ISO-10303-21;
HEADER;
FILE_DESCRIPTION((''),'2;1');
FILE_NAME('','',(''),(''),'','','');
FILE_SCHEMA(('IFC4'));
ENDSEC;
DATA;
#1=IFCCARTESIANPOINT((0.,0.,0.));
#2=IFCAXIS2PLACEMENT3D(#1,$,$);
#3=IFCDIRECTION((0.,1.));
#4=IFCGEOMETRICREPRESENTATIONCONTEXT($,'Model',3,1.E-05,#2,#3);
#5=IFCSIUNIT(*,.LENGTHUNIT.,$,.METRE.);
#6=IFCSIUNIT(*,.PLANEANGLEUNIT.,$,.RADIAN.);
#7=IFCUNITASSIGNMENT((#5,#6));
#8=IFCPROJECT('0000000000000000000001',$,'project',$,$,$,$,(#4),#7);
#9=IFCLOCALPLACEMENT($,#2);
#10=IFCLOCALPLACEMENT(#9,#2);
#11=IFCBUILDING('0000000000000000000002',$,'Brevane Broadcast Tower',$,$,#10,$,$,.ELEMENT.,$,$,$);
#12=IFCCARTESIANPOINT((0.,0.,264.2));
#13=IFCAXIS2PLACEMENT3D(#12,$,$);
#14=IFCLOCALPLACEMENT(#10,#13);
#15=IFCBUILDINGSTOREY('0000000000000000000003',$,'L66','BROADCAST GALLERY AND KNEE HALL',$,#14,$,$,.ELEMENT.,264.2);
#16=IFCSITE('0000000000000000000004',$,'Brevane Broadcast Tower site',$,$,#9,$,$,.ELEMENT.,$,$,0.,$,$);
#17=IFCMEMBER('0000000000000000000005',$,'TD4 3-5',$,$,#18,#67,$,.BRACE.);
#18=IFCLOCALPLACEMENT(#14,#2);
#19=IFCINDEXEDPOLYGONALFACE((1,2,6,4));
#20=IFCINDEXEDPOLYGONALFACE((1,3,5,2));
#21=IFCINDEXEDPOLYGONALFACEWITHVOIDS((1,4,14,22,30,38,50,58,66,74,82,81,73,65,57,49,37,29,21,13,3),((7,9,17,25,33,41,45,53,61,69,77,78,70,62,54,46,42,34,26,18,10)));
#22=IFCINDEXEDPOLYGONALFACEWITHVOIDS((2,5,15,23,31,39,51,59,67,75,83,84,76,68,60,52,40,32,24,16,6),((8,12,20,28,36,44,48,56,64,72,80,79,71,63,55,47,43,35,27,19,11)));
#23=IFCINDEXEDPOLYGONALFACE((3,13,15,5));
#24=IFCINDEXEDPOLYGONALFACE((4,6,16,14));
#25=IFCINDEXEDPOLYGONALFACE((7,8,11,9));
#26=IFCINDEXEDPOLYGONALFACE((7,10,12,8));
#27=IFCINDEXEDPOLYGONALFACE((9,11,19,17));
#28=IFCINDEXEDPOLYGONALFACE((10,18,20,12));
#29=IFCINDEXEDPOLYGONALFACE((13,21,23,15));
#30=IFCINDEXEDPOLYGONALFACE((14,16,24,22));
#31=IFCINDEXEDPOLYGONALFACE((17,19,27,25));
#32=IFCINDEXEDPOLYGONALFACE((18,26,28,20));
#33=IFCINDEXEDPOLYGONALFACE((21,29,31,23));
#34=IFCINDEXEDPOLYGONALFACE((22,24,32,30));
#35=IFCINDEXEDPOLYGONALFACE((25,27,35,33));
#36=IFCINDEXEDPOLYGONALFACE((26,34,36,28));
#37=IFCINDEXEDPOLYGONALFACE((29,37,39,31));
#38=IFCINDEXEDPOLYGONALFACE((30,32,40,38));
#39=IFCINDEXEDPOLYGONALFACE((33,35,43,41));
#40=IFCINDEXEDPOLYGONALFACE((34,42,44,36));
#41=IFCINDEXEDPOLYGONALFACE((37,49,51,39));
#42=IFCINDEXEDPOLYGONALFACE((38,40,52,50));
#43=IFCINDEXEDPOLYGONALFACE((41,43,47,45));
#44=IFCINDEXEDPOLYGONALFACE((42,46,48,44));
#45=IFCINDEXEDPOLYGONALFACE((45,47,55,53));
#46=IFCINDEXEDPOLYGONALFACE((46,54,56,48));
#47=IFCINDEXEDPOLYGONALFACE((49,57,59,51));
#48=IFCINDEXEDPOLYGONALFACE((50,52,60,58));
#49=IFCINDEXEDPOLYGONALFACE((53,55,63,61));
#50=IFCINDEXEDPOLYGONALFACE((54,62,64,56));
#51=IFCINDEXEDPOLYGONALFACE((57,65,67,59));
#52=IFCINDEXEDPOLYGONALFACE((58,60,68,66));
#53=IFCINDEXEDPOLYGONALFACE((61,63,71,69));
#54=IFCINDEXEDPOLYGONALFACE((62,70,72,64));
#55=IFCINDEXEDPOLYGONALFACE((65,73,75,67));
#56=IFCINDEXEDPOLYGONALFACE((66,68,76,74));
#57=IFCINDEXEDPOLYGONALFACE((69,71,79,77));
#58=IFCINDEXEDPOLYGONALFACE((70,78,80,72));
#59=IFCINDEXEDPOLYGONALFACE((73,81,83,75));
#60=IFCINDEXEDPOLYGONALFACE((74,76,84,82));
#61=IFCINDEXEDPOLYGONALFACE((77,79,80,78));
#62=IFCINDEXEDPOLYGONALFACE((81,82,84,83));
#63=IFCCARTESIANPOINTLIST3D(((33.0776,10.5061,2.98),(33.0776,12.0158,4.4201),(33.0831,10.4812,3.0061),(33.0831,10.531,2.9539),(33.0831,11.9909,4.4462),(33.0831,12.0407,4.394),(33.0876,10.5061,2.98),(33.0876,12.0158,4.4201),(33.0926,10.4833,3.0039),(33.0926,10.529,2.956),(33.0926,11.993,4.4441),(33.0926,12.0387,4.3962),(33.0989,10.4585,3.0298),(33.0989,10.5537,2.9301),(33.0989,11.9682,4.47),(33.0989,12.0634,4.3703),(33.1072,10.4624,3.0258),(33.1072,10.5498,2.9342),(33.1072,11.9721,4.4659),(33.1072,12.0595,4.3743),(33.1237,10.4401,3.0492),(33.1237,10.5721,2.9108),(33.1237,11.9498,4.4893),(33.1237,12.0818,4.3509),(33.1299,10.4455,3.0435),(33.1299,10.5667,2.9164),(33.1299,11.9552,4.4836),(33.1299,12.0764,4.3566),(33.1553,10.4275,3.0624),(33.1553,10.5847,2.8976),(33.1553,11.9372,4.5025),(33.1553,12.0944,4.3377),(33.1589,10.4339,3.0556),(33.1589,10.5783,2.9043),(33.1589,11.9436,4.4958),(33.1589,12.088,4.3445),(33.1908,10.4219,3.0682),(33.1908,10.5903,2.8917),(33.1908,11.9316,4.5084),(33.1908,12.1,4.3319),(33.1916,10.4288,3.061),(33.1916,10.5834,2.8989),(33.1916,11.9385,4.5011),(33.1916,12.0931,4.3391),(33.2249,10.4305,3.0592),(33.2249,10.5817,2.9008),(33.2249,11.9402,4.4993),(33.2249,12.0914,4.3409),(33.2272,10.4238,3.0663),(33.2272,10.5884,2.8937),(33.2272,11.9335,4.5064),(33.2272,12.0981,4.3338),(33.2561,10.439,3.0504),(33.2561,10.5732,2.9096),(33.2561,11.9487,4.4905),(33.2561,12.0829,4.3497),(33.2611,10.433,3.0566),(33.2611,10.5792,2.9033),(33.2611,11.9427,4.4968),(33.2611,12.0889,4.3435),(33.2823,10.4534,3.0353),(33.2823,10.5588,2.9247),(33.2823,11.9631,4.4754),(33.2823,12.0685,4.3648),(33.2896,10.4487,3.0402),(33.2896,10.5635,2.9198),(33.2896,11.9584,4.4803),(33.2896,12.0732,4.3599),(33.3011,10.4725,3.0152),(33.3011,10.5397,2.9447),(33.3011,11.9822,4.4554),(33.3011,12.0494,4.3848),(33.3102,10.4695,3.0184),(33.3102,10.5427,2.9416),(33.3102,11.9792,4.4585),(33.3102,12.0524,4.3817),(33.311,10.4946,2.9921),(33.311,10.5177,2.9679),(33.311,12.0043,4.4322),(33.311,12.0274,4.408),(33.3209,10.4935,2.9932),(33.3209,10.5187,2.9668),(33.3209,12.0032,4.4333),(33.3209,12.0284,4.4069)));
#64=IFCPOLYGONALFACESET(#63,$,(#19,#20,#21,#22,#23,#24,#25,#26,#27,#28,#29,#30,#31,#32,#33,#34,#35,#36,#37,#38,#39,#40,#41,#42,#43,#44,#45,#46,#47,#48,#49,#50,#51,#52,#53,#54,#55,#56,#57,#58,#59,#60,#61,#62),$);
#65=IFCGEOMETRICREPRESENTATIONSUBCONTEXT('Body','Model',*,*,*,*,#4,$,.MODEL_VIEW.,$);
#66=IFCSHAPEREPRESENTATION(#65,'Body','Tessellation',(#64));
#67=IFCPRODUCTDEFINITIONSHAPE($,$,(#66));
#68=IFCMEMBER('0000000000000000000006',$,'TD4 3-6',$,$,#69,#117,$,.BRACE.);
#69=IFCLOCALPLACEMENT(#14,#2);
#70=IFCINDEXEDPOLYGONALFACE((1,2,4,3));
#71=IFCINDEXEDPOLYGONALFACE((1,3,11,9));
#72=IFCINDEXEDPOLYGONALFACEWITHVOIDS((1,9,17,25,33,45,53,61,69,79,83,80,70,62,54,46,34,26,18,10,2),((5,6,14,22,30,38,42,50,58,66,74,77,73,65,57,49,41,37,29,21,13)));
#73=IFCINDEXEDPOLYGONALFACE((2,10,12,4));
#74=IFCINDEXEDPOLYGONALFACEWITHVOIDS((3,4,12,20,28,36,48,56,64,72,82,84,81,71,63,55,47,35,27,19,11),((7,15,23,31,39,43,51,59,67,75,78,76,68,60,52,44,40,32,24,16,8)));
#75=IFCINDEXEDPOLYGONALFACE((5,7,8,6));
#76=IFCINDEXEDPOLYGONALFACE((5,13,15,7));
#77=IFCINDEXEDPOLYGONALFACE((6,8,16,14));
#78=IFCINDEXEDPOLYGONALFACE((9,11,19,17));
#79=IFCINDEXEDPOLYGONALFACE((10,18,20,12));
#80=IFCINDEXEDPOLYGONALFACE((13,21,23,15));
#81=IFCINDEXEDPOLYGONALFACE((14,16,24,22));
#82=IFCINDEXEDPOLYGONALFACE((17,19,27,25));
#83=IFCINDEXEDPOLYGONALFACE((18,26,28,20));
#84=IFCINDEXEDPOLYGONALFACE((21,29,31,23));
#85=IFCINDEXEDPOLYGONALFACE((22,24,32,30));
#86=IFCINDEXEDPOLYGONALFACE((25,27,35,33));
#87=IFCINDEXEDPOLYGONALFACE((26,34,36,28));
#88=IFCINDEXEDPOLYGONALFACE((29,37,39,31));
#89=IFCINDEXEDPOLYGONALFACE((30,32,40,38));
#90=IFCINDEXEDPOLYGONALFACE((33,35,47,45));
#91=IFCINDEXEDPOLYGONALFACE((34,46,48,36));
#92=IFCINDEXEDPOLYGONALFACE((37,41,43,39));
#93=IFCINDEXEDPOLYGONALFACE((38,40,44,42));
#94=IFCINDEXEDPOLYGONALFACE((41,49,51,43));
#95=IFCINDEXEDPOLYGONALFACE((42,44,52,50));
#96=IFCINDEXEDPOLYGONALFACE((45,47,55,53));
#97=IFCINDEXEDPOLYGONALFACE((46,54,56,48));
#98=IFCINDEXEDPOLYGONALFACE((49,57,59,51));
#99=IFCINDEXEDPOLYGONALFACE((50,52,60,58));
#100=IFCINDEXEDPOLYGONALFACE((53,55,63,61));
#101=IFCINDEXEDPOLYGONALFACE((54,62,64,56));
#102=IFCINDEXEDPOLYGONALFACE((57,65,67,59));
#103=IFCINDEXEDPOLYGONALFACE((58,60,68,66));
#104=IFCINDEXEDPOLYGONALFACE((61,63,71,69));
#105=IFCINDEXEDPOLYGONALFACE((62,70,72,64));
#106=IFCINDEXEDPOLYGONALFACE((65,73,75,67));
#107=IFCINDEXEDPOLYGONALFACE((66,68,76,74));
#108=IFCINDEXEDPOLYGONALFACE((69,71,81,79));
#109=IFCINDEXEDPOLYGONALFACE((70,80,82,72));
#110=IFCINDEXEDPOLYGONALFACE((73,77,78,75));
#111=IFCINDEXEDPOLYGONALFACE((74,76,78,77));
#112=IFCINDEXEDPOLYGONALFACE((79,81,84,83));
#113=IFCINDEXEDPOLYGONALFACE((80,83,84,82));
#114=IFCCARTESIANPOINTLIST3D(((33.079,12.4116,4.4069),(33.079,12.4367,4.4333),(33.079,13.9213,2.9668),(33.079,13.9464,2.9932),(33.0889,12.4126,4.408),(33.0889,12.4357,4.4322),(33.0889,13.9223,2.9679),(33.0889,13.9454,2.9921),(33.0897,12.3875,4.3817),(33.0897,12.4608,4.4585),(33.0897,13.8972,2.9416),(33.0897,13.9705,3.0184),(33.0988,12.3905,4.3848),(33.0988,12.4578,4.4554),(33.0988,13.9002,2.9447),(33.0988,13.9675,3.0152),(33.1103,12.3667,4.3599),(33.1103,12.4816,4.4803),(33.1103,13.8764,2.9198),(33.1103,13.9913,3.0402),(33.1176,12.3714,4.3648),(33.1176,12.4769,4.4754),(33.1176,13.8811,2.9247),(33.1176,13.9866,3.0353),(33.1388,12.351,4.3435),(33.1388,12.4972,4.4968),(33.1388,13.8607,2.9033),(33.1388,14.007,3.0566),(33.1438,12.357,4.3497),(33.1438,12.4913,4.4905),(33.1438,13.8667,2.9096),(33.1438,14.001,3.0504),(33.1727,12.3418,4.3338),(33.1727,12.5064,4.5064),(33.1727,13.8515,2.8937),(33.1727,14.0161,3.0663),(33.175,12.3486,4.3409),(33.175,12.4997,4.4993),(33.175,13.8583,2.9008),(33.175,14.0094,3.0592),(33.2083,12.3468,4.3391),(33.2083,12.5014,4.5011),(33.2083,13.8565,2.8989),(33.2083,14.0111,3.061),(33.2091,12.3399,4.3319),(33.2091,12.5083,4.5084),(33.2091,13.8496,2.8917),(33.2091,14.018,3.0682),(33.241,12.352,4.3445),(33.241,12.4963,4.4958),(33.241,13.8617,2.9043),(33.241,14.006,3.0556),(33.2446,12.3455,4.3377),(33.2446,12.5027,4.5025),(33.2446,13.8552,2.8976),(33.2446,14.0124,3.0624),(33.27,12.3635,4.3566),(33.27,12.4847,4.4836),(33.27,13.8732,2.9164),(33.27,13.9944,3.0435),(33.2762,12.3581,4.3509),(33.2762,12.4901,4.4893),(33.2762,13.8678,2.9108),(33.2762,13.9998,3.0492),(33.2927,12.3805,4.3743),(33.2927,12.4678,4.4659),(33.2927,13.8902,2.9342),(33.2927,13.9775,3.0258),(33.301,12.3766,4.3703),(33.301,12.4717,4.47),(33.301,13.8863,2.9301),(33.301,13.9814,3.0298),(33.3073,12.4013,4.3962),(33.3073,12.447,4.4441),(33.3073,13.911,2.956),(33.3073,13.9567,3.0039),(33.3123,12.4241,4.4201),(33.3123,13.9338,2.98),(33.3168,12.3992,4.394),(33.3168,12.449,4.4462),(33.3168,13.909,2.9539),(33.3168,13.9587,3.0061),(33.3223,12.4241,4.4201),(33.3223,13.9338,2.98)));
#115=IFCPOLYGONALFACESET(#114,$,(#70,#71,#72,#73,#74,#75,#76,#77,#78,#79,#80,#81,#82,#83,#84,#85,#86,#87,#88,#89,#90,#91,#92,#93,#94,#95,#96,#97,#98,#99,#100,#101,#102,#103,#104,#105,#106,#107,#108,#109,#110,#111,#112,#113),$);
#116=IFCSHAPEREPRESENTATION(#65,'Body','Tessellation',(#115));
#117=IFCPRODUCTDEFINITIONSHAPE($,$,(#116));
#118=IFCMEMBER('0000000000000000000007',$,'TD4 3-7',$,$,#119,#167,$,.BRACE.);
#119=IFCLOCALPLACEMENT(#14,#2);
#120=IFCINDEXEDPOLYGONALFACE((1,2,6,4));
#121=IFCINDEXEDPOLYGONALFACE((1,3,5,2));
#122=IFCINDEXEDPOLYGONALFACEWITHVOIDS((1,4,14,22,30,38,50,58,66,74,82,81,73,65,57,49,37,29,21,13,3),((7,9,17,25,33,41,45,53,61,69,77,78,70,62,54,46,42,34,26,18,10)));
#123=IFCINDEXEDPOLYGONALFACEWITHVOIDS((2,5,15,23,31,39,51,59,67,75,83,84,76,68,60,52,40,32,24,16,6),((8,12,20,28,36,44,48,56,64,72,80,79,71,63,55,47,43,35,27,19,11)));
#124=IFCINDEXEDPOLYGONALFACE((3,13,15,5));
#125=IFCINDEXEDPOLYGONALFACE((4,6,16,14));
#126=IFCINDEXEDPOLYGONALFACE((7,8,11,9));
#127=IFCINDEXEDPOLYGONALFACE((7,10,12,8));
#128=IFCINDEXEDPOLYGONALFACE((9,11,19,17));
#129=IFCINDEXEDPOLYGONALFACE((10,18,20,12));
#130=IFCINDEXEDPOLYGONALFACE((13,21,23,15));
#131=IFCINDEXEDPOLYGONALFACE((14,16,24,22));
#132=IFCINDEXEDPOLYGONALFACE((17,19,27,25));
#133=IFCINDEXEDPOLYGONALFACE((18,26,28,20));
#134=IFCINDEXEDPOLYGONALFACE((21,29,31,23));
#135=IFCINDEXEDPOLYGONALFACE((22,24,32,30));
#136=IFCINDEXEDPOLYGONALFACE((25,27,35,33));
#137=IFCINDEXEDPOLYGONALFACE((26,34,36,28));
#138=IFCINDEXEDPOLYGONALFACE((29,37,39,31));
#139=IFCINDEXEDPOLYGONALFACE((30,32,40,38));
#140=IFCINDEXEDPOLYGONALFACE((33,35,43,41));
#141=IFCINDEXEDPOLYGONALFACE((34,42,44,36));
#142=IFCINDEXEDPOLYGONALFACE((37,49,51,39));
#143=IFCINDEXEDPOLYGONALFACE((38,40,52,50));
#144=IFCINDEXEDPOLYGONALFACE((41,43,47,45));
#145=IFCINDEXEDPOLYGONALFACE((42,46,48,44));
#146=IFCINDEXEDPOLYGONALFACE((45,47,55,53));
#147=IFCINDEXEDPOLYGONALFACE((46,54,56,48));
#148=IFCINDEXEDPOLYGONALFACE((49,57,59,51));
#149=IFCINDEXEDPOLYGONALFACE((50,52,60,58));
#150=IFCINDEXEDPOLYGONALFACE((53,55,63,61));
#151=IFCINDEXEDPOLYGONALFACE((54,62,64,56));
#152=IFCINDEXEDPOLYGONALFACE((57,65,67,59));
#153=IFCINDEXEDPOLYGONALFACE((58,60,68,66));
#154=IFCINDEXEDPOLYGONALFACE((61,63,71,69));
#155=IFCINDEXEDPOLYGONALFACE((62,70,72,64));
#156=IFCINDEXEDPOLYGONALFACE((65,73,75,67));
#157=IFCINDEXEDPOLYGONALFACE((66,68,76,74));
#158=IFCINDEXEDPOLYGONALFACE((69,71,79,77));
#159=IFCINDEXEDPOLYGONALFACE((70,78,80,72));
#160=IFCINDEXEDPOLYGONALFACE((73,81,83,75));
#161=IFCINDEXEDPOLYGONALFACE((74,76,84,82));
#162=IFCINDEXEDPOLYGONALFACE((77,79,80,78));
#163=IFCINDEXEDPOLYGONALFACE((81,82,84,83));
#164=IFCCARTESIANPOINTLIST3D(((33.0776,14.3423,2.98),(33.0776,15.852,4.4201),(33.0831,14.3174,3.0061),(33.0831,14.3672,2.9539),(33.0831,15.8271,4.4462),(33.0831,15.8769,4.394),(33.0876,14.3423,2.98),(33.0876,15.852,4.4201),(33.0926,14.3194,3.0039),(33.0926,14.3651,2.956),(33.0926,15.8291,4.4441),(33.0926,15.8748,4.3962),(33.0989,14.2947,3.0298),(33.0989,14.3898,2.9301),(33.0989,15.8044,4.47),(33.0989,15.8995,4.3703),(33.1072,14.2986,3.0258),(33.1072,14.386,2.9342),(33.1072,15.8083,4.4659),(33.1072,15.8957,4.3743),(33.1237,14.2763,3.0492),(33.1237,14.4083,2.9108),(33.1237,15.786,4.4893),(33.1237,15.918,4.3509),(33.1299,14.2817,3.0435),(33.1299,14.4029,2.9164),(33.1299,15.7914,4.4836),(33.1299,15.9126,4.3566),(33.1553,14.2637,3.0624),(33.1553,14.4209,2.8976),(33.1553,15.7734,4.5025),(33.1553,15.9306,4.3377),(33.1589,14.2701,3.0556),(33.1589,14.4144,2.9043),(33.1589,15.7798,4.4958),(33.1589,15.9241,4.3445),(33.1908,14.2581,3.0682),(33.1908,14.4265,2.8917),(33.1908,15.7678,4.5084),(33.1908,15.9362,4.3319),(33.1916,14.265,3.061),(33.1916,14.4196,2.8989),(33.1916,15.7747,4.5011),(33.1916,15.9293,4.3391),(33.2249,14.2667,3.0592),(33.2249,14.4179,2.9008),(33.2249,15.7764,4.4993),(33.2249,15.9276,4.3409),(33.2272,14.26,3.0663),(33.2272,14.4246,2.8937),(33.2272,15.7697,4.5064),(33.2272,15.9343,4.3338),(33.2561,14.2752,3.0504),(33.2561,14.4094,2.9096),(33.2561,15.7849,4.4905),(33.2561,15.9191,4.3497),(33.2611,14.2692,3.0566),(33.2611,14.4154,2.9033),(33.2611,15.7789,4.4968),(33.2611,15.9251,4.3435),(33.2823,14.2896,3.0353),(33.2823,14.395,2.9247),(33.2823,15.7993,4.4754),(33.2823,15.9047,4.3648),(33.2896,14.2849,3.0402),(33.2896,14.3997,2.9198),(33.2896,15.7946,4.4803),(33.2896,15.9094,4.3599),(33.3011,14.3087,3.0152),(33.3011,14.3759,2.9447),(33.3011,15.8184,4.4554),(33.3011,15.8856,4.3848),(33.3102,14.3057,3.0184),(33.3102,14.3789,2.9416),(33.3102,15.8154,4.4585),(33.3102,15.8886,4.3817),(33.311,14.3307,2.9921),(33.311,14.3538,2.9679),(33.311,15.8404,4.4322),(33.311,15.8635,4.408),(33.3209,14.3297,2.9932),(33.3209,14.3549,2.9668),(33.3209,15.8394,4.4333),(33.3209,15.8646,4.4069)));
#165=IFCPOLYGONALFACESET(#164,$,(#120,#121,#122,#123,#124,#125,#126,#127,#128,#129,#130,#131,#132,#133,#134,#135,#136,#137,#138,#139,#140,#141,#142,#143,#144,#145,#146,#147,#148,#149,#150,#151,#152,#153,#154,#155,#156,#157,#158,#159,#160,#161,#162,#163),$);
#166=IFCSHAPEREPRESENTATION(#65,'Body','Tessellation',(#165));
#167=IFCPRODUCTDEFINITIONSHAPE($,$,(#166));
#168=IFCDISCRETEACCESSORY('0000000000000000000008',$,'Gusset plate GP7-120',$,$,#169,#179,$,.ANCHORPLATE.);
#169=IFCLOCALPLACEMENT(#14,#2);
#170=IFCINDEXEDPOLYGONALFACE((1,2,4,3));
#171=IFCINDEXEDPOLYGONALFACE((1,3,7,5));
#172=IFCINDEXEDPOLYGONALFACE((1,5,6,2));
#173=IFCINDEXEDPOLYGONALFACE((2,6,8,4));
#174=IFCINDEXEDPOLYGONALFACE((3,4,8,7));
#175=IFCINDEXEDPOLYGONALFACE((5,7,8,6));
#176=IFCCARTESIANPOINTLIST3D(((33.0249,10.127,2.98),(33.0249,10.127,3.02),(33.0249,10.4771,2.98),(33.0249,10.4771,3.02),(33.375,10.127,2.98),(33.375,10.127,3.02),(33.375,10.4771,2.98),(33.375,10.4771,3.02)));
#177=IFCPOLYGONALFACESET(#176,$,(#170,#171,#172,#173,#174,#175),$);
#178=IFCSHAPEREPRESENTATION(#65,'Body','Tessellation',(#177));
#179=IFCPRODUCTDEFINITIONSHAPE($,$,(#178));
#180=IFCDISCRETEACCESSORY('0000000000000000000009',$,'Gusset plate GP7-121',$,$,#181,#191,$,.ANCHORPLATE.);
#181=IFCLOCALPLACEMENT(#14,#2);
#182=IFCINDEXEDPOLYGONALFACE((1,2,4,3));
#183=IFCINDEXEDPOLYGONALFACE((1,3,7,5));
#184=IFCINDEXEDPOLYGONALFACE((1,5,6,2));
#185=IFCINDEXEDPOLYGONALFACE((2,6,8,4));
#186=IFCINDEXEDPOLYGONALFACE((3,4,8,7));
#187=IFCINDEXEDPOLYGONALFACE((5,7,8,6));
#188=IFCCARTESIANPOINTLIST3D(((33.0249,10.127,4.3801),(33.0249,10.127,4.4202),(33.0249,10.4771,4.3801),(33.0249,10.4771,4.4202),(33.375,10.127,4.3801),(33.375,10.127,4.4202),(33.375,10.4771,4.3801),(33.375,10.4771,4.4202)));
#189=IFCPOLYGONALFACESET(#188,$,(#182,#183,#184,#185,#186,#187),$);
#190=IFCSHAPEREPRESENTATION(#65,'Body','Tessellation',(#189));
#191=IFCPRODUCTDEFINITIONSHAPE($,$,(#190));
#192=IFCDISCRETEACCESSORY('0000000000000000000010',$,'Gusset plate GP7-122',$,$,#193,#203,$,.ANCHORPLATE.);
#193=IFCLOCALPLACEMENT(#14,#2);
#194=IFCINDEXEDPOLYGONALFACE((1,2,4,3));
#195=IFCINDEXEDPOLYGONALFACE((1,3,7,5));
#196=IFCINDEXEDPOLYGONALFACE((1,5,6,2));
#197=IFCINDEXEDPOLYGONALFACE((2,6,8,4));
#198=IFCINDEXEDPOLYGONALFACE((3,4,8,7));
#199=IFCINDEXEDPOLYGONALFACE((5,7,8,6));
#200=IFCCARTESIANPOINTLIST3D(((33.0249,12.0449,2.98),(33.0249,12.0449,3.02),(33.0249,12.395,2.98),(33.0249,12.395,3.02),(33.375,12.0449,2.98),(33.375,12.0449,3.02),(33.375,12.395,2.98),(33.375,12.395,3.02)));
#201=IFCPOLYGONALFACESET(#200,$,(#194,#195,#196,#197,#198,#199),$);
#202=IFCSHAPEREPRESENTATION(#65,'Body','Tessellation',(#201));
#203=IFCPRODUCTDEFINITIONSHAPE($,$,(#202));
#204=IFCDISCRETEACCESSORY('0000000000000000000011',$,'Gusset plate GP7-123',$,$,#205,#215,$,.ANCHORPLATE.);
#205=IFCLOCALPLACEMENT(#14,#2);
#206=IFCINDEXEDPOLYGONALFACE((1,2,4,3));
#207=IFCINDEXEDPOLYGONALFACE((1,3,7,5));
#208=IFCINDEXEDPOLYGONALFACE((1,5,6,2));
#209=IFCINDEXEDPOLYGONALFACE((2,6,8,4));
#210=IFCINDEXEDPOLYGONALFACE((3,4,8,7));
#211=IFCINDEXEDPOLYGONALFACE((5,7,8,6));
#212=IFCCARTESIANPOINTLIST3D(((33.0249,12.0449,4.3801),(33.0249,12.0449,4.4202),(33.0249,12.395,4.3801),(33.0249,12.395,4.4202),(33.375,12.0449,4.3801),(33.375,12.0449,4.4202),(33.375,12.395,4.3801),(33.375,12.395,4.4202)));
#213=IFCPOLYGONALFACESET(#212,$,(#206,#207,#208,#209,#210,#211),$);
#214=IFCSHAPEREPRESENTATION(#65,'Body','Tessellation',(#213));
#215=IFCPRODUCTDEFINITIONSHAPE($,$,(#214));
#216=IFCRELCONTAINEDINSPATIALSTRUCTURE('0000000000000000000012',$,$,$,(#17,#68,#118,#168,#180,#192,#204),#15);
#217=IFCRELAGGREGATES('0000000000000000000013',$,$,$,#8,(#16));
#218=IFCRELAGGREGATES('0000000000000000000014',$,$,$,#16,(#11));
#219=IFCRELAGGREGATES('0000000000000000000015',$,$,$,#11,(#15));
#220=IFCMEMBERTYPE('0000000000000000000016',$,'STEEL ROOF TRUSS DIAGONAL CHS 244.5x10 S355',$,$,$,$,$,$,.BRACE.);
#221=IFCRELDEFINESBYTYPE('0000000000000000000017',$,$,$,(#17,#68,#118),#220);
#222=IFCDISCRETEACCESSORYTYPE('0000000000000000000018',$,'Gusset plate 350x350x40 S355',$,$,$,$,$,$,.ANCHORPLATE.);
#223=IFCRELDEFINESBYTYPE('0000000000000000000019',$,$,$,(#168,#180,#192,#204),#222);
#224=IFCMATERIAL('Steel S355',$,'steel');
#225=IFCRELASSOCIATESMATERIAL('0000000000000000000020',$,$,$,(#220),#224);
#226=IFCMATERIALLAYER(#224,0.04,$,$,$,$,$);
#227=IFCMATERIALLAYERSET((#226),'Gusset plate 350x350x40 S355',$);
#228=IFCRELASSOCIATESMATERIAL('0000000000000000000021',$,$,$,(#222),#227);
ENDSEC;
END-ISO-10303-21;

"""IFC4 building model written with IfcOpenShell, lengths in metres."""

from ifc_helpers import new_model, si_unit, direction, frame, origin, origin_2d, place, context, subcontext, project, spatial, rectangle, hollow_circle, extrude, material, layer, layer_set, material_profile, profile_set, type_object, element, save


model = new_model("IFC4")

# Units and contexts
model_context = context("Model", 3, precision=1e-05, world=origin(), true_north=direction((0.0, 1.0)))
body_context = subcontext(model_context, "Body", "Model", "MODEL_VIEW")
ifc_project = project(units=[si_unit("LENGTHUNIT", "METRE"), si_unit("PLANEANGLEUNIT", "RADIAN")], contexts=[model_context])

# Site, building, storey
site_placement = place(None, origin())
site = spatial("IfcSite", under=ifc_project, at=site_placement, Name="Brevane Broadcast Tower site", CompositionType="ELEMENT", RefElevation=0.0)
building_placement = place(site_placement, origin())
building = spatial("IfcBuilding", under=site, at=building_placement, Name="Brevane Broadcast Tower", CompositionType="ELEMENT")
storey_placement = place(building_placement, frame((0.0, 0.0, 264.2)))
storey = spatial("IfcBuildingStorey", under=building, at=storey_placement, Name="L66", Description="BROADCAST GALLERY AND KNEE HALL", CompositionType="ELEMENT", Elevation=264.2)

# Members
ifc_material = material(Name="Steel S355", Category="steel")
ifc_material_profile = material_profile(ifc_material, hollow_circle(Radius=0.1223, WallThickness=0.01, at=origin_2d()), Name="CHS 244.5x10")
ifc_profile_set = profile_set([ifc_material_profile], Name="Steel S355")
member_type = type_object("IfcMemberType", Name="STEEL ROOF TRUSS DIAGONAL CHS 244.5x10 S355", PredefinedType="BRACE", material=ifc_profile_set)
for number, where, z_axis, x_axis, name in (
    (1, (33.2, 10.5061, 2.98), (0.0, 0.723584, 0.690236), (-1.0, 0.0, 0.0), "TD4 3-5"),
    (2, (33.2, 13.9338, 2.98), (0.0, -0.723584, 0.690236), (1.0, 0.0, 0.0), "TD4 3-6"),
    (3, (33.2, 14.3423, 2.98), (0.0, 0.723584, 0.690236), (-1.0, 0.0, 0.0), "TD4 3-7"),
):
    element("IfcMember", number, at=place(storey_placement, frame(where, z_axis=z_axis, x_axis=x_axis)), inside=storey, type_object=member_type, Name=name, PredefinedType="BRACE", context=body_context, shape_type="SweptSolid", body=[
        extrude(hollow_circle(Radius=0.1223, WallThickness=0.01, at=origin_2d()), origin(), (0.0, 0.0, 1.0), 2.0864),
    ])

# Discrete accessories
ifc_layer_1 = layer(ifc_material, 0.04)
ifc_layer_set_1 = layer_set([ifc_layer_1], Name="Gusset plate 350x350x40 S355")
discrete_accessory_type_1 = type_object("IfcDiscreteAccessoryType", Name="Gusset plate 350x350x40 S355", PredefinedType="ANCHORPLATE", material=ifc_layer_set_1)
for number, where, z_axis, x_axis, name in (
    (4, (33.2, 10.302, 2.98), (0.0, 0.0, 1.0), (1.0, 0.0, 0.0), "Gusset plate GP7-120"),
    (5, (33.2, 10.302, 4.3801), (0.0, 0.0, 1.0), (1.0, 0.0, 0.0), "Gusset plate GP7-121"),
    (6, (33.2, 12.22, 2.98), (0.0, 0.0, 1.0), (1.0, 0.0, 0.0), "Gusset plate GP7-122"),
    (7, (33.2, 12.22, 4.3801), (0.0, 0.0, 1.0), (1.0, 0.0, 0.0), "Gusset plate GP7-123"),
):
    element("IfcDiscreteAccessory", number, at=place(storey_placement, frame(where, z_axis=z_axis, x_axis=x_axis)), inside=storey, type_object=discrete_accessory_type_1, Name=name, PredefinedType="ANCHORPLATE", context=body_context, shape_type="SweptSolid", body=[
        extrude(rectangle(XDim=0.3501, YDim=0.3501, at=origin_2d()), origin(), (0.0, 0.0, 1.0), 0.04),
    ])

save(model, "model.ifc")
